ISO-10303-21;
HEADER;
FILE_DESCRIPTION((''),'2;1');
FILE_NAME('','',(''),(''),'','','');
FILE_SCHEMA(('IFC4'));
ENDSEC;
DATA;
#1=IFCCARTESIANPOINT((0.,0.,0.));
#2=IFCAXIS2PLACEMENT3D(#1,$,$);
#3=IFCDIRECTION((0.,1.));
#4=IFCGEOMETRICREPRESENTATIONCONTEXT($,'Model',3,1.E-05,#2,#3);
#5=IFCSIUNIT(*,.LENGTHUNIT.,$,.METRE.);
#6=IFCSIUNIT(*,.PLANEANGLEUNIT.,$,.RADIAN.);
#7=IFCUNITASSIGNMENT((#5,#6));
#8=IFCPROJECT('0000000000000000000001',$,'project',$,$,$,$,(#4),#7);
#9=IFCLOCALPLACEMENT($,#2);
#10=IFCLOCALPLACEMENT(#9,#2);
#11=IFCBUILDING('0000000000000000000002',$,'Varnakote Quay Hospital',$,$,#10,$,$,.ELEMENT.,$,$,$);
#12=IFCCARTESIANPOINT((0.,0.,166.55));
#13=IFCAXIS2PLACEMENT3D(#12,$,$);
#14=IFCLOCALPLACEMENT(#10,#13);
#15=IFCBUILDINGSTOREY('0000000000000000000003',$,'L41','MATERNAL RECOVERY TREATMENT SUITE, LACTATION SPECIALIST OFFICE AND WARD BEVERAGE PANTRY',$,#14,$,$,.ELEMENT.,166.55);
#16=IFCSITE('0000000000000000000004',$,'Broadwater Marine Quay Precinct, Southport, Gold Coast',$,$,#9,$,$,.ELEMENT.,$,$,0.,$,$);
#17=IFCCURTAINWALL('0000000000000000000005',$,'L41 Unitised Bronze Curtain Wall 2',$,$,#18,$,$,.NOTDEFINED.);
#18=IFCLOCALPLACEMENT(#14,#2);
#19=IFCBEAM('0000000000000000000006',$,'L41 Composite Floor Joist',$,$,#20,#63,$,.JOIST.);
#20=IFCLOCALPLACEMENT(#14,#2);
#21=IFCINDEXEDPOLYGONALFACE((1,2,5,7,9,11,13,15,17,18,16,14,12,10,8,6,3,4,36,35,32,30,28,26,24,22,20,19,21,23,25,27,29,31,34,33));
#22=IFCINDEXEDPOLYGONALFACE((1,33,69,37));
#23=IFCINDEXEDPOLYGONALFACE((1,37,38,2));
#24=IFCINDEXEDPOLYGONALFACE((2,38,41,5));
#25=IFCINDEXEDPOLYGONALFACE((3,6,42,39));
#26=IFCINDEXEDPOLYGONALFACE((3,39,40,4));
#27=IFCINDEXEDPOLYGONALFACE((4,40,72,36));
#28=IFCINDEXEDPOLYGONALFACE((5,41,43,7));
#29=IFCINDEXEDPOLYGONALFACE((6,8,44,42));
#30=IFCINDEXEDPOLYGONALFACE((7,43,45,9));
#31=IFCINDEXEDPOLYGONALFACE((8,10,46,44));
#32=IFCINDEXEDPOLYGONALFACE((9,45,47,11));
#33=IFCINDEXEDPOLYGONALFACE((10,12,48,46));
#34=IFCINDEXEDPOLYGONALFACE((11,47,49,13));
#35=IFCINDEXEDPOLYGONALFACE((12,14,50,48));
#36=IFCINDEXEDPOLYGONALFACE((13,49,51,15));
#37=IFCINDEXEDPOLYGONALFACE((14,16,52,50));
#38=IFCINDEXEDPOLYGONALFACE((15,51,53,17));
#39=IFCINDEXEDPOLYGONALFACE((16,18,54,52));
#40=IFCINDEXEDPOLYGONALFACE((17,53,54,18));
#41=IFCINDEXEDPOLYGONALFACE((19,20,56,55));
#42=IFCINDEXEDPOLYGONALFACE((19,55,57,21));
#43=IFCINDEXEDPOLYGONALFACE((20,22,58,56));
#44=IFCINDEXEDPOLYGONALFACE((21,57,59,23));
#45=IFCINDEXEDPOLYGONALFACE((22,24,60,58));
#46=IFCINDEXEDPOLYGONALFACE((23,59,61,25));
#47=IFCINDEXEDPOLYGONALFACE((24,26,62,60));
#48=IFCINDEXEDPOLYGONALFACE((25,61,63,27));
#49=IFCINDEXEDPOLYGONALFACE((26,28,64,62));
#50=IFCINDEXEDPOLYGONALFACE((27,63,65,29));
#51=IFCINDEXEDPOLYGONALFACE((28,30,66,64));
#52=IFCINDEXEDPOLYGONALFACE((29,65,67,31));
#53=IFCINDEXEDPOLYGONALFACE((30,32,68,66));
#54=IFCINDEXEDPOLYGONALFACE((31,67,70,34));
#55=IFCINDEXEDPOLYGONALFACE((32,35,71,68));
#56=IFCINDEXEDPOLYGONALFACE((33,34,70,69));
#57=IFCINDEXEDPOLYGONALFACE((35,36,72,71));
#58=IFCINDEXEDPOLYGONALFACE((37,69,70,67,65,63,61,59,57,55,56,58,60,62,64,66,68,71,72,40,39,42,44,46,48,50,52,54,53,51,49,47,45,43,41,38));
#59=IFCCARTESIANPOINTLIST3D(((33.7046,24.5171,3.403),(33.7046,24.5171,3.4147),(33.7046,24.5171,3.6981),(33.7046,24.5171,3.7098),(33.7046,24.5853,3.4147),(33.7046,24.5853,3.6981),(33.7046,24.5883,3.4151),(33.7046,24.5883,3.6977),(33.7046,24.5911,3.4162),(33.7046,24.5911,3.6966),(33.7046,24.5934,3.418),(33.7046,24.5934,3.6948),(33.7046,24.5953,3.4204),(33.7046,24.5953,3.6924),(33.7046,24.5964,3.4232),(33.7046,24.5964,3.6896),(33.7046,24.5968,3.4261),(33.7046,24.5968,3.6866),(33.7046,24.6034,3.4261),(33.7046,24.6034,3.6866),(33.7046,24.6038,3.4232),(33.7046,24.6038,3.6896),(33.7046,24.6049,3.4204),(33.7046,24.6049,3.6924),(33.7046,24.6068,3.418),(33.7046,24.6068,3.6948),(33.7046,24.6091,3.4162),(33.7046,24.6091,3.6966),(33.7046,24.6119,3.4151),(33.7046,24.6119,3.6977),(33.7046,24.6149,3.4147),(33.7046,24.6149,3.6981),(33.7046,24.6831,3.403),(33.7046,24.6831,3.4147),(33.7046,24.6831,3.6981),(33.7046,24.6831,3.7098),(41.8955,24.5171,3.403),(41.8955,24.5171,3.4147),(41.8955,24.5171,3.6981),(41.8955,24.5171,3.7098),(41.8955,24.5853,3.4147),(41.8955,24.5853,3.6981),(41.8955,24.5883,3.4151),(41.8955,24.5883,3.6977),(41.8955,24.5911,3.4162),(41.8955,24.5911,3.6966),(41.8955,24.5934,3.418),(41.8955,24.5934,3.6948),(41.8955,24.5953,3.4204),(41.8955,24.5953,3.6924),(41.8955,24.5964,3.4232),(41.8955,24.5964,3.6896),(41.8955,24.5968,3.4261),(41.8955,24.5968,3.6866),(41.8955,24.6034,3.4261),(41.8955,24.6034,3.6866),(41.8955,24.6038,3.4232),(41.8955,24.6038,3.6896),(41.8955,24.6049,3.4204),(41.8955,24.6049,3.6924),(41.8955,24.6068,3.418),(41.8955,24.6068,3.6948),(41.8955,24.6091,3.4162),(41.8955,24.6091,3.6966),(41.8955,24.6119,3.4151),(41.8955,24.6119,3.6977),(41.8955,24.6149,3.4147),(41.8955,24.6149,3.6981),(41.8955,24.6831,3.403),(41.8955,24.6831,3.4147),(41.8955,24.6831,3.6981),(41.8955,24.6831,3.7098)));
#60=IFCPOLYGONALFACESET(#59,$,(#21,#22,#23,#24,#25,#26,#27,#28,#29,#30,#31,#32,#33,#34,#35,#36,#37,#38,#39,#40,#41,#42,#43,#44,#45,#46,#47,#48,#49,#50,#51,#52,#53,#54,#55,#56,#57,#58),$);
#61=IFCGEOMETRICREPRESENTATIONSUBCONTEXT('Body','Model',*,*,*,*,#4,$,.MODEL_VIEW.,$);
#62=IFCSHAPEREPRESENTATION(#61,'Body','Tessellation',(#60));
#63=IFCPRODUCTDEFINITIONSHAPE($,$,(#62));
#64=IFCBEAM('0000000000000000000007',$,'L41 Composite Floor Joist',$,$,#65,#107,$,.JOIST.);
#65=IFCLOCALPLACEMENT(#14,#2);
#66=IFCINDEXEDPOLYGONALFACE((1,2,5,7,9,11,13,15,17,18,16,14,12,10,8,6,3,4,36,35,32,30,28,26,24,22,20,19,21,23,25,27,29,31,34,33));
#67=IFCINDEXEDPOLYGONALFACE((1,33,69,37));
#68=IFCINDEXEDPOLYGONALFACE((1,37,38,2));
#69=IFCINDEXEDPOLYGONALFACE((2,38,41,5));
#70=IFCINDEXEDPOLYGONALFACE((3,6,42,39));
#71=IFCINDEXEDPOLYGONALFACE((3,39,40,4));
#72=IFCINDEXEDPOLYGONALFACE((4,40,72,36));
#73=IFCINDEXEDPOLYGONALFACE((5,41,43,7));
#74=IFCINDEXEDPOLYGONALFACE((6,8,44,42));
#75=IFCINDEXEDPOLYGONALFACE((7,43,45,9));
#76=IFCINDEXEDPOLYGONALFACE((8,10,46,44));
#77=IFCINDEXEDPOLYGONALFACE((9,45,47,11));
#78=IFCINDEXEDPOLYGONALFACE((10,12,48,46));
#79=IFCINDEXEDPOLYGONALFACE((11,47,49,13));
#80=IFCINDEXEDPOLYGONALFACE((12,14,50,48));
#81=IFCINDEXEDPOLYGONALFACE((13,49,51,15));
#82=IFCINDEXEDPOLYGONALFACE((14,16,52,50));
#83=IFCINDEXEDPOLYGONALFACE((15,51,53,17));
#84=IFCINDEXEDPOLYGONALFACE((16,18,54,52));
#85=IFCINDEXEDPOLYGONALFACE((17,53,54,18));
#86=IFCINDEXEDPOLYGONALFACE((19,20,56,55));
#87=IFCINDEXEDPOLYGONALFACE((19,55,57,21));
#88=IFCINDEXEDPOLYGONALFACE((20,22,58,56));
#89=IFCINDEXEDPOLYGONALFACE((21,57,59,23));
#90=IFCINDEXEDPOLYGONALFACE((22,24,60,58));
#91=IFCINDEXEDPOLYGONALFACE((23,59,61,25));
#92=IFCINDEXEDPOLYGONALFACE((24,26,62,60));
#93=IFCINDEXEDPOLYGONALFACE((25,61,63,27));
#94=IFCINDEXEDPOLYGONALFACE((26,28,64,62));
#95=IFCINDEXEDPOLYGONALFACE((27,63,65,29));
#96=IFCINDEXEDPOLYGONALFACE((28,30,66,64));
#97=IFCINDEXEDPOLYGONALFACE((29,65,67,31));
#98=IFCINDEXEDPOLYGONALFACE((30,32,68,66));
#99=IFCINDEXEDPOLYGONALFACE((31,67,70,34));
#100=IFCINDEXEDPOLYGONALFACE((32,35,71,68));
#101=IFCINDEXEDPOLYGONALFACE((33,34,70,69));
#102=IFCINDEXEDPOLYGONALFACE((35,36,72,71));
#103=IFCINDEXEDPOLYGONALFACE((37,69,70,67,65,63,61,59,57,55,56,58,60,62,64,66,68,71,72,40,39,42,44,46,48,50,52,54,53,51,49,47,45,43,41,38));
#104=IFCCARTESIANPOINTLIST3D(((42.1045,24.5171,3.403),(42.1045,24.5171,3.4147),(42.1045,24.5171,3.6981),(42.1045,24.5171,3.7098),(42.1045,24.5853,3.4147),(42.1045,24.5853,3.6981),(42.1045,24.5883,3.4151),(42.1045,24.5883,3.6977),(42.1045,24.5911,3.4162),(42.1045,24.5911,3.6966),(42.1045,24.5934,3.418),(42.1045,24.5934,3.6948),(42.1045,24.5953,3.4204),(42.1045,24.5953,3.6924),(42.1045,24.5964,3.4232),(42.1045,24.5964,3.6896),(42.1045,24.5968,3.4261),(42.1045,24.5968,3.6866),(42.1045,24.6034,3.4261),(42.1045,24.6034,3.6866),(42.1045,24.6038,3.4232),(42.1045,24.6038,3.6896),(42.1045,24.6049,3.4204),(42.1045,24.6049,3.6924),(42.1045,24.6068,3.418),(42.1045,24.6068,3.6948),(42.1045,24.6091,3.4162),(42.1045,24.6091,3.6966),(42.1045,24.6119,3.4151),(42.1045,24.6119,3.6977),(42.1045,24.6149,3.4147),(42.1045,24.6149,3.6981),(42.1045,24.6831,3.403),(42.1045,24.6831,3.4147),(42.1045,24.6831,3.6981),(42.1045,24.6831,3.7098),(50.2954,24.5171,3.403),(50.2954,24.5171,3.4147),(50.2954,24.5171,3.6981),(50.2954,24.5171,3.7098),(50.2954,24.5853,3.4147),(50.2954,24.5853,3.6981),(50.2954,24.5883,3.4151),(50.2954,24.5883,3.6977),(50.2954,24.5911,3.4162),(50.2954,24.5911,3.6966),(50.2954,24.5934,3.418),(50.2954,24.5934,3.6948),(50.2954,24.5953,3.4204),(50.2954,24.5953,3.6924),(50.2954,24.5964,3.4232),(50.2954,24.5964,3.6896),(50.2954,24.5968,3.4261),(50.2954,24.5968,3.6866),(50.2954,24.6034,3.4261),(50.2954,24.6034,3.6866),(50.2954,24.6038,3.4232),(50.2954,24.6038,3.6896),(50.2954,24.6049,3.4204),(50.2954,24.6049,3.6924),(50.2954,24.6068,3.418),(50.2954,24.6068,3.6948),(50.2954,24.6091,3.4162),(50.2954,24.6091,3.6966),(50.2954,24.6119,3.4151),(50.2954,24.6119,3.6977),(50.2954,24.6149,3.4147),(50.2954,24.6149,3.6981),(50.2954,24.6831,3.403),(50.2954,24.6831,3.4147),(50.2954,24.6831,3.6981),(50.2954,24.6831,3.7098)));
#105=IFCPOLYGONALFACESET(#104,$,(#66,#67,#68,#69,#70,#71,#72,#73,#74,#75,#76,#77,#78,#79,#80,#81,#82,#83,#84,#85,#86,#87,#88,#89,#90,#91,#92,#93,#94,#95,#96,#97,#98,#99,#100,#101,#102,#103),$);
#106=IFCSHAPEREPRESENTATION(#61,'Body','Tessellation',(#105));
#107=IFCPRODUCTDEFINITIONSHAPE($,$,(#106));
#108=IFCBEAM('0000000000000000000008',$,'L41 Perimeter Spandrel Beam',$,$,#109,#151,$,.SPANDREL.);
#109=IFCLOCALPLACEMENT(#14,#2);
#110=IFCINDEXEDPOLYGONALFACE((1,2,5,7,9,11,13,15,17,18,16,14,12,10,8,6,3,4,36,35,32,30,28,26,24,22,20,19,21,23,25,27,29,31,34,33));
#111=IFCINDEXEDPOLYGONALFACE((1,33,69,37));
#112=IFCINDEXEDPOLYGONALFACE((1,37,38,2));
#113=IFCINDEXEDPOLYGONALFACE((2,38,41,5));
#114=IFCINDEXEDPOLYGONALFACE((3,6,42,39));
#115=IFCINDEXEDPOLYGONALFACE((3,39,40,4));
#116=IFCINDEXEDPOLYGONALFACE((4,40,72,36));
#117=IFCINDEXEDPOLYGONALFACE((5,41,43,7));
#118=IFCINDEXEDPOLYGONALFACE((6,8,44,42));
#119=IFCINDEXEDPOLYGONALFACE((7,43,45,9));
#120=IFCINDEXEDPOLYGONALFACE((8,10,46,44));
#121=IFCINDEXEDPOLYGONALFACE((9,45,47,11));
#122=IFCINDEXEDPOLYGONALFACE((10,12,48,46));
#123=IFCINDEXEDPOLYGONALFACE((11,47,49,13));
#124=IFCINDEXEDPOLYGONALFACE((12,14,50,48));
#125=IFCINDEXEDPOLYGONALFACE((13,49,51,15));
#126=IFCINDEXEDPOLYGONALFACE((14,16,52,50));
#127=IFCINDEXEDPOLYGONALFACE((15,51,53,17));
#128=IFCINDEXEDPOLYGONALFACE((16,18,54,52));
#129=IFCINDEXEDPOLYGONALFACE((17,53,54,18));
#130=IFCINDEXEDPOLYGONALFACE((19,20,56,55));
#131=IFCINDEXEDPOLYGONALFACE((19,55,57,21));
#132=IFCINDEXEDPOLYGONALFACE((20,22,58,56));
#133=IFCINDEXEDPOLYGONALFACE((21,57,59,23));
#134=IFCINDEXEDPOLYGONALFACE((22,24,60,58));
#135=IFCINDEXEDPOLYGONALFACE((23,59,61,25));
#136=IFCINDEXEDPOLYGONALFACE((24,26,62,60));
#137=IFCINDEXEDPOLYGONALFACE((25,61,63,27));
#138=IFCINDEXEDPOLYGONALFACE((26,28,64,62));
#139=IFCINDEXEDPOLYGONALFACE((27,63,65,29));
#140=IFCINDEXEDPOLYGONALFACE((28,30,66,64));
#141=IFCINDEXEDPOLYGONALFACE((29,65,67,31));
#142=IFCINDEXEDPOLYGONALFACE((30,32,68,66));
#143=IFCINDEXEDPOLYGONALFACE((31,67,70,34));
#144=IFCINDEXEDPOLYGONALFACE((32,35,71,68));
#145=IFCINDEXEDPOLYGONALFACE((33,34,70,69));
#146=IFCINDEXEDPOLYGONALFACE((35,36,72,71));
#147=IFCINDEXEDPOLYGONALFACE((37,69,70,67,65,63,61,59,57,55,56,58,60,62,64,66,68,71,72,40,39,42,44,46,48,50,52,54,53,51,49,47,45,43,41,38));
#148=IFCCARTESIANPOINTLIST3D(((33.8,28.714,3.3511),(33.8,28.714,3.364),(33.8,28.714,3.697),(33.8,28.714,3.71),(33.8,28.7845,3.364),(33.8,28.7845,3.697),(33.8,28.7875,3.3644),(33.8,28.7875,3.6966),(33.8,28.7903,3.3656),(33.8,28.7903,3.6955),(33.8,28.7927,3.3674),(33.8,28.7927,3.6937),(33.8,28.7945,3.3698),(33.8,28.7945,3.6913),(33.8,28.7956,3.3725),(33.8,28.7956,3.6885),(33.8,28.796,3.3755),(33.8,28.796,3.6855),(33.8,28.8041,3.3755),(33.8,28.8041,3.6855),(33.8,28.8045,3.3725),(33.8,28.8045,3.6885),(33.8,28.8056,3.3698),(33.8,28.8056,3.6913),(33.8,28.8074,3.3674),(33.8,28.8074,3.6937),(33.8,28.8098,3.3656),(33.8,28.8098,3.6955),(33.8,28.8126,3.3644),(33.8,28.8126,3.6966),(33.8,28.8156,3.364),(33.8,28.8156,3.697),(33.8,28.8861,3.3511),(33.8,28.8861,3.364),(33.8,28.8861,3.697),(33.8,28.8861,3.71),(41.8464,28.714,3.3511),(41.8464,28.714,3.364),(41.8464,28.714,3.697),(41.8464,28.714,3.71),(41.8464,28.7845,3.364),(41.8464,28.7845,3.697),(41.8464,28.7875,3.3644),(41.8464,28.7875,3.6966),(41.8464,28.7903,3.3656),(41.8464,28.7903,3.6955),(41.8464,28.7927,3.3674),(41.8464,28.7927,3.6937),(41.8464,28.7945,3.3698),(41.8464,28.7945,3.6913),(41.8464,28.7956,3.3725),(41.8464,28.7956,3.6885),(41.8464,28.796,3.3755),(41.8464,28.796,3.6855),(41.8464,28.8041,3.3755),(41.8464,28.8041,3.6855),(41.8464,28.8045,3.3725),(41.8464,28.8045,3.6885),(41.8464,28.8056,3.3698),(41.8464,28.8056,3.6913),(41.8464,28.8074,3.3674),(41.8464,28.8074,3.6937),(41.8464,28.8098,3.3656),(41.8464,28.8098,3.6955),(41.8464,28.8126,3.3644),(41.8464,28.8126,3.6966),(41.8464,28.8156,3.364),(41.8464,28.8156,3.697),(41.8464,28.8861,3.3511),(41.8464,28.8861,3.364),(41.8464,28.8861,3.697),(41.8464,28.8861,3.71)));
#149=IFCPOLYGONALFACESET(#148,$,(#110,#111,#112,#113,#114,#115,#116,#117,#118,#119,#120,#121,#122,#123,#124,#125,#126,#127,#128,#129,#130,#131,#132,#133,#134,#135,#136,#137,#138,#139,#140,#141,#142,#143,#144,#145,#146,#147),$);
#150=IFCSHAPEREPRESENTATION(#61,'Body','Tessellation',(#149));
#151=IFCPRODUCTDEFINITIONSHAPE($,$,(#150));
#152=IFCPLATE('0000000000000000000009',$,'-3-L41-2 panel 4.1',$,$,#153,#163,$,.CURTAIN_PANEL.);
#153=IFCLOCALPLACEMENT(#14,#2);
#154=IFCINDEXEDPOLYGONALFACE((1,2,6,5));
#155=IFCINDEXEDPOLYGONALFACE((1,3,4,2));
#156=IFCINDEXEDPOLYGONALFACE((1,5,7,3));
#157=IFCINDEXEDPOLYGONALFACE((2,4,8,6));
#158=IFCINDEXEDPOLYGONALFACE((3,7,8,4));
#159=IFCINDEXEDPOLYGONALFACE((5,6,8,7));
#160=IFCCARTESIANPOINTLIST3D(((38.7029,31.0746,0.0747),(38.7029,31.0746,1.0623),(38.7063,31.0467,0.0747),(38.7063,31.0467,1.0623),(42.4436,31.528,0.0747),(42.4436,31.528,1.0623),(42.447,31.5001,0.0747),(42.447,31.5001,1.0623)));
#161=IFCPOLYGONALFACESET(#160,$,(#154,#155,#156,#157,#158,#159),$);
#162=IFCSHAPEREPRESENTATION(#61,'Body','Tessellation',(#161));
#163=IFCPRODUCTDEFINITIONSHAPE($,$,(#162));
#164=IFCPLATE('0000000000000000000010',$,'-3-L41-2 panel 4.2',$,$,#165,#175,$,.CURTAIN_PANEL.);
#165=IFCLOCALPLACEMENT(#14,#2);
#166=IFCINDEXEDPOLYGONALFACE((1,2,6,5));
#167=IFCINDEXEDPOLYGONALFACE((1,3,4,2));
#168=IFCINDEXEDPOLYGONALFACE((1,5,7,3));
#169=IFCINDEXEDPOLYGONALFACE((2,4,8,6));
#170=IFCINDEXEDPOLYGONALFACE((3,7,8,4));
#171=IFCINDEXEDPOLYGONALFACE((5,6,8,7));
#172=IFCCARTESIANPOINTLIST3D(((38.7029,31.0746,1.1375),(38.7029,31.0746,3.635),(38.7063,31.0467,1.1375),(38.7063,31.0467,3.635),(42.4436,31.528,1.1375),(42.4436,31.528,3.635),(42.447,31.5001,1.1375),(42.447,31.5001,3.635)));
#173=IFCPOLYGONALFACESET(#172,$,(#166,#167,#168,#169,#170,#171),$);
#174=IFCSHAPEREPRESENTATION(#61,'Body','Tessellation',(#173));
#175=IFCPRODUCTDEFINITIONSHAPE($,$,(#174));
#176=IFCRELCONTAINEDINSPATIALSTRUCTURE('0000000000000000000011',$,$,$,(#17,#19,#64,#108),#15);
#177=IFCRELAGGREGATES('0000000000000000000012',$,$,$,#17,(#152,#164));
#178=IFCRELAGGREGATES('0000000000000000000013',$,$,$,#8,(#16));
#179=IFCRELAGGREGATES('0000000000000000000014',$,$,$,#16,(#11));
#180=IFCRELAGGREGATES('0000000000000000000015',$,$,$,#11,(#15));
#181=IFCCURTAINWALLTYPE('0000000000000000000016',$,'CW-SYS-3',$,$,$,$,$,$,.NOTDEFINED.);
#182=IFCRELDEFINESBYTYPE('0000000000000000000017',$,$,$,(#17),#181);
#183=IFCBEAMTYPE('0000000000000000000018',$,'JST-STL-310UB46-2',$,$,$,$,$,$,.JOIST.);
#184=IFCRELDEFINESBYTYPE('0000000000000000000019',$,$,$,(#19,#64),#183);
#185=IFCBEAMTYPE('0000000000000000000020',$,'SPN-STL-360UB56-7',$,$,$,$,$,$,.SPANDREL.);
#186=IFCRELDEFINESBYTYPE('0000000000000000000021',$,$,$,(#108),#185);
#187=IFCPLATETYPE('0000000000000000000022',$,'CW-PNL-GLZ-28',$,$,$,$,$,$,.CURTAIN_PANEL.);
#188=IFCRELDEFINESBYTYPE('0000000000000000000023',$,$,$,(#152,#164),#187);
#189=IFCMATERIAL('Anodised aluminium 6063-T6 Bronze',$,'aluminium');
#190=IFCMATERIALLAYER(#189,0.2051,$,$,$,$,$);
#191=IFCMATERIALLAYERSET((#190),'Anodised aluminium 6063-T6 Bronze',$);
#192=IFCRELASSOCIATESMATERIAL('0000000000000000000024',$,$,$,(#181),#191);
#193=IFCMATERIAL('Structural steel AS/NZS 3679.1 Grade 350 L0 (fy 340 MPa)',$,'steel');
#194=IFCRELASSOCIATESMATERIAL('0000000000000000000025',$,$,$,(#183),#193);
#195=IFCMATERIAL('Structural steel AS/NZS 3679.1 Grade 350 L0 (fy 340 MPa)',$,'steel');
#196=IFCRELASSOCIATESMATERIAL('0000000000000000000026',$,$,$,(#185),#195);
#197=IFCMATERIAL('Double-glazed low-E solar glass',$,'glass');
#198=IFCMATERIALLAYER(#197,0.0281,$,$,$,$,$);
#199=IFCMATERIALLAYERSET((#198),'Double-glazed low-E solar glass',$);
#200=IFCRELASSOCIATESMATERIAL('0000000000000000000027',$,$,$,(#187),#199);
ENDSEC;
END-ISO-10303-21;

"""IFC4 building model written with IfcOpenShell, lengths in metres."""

from ifc_helpers import new_model, si_unit, direction, frame, origin, origin_2d, place, context, subcontext, project, spatial, rectangle, i_section, extrude, material, layer, layer_set, material_profile, profile_set, type_object, element, aggregate, save


model = new_model("IFC4")

# Units and contexts
model_context = context("Model", 3, precision=1e-05, world=origin(), true_north=direction((0.0, 1.0)))
body_context = subcontext(model_context, "Body", "Model", "MODEL_VIEW")
ifc_project = project(units=[si_unit("LENGTHUNIT", "METRE"), si_unit("PLANEANGLEUNIT", "RADIAN")], contexts=[model_context])

# Site, building, storey
site_placement = place(None, origin())
site = spatial("IfcSite", under=ifc_project, at=site_placement, Name="Broadwater Marine Quay Precinct, Southport, Gold Coast", CompositionType="ELEMENT", RefElevation=0.0)
building_placement = place(site_placement, origin())
building = spatial("IfcBuilding", under=site, at=building_placement, Name="Varnakote Quay Hospital", CompositionType="ELEMENT")
storey_placement = place(building_placement, frame((0.0, 0.0, 166.55)))
storey = spatial("IfcBuildingStorey", under=building, at=storey_placement, Name="L41", Description="MATERNAL RECOVERY TREATMENT SUITE, LACTATION SPECIALIST OFFICE AND WARD BEVERAGE PANTRY", CompositionType="ELEMENT", Elevation=166.55)

# Curtain wall
ifc_material_1 = material(Name="Anodised aluminium 6063-T6 Bronze", Category="aluminium")
ifc_layer_1 = layer(ifc_material_1, 0.2051)
ifc_layer_set_1 = layer_set([ifc_layer_1], Name="Anodised aluminium 6063-T6 Bronze")
curtain_wall_type = type_object("IfcCurtainWallType", Name="CW-SYS-3", PredefinedType="NOTDEFINED", material=ifc_layer_set_1)
curtain_wall_placement = place(storey_placement, origin())
curtain_wall = element("IfcCurtainWall", 1, at=curtain_wall_placement, inside=storey, type_object=curtain_wall_type, Name="L41 Unitised Bronze Curtain Wall 2", PredefinedType="NOTDEFINED")

# Beams
ifc_material_2 = material(Name="Structural steel AS/NZS 3679.1 Grade 350 L0 (fy 340 MPa)", Category="steel")
ifc_material_profile_1 = material_profile(ifc_material_2, i_section(OverallWidth=0.166, OverallDepth=0.3069, WebThickness=0.0066, FlangeThickness=0.0117, FilletRadius=0.0115, at=origin_2d()), Name="310UB46.2")
ifc_profile_set_1 = profile_set([ifc_material_profile_1], Name="Structural steel AS/NZS 3679.1 Grade 350 L0 (fy 340 MPa)")
beam_type_1 = type_object("IfcBeamType", Name="JST-STL-310UB46-2", PredefinedType="JOIST", material=ifc_profile_set_1)
for number, where, z_axis, x_axis, name in (
    (2, (33.7046, 24.6001, 3.5564), (1.0, 0.0, 0.0), (0.0, 1.0, 0.0), "L41 Composite Floor Joist"),
    (3, (42.1045, 24.6001, 3.5564), (1.0, 0.0, 0.0), (0.0, 1.0, 0.0), "L41 Composite Floor Joist"),
):
    element("IfcBeam", number, at=place(storey_placement, frame(where, z_axis=z_axis, x_axis=x_axis)), inside=storey, type_object=beam_type_1, Name=name, PredefinedType="JOIST", context=body_context, shape_type="SweptSolid", body=[
        extrude(i_section(OverallWidth=0.166, OverallDepth=0.3069, WebThickness=0.0066, FlangeThickness=0.0117, FilletRadius=0.0115, at=origin_2d()), origin(), (0.0, 0.0, 1.0), 8.1909),
    ])
ifc_material_3 = material(Name="Structural steel AS/NZS 3679.1 Grade 350 L0 (fy 340 MPa)", Category="steel")
ifc_material_profile_2 = material_profile(ifc_material_3, i_section(OverallWidth=0.1721, OverallDepth=0.3589, WebThickness=0.0081, FlangeThickness=0.0129, FilletRadius=0.0115, at=origin_2d()), Name="360UB56.7")
ifc_profile_set_2 = profile_set([ifc_material_profile_2], Name="Structural steel AS/NZS 3679.1 Grade 350 L0 (fy 340 MPa)")
beam_type_2 = type_object("IfcBeamType", Name="SPN-STL-360UB56-7", PredefinedType="SPANDREL", material=ifc_profile_set_2)
beam_1_placement = place(storey_placement, frame((33.8, 28.8, 3.5305), z_axis=(1.0, 0.0, 0.0), x_axis=(0.0, 1.0, 0.0)))
element("IfcBeam", 4, at=beam_1_placement, inside=storey, type_object=beam_type_2, Name="L41 Perimeter Spandrel Beam", PredefinedType="SPANDREL", context=body_context, shape_type="SweptSolid", body=[
    extrude(i_section(OverallWidth=0.1721, OverallDepth=0.3589, WebThickness=0.0081, FlangeThickness=0.0129, FilletRadius=0.0115, at=origin_2d()), origin(), (0.0, 0.0, 1.0), 8.0464),
])

# Plates
ifc_material_4 = material(Name="Double-glazed low-E solar glass", Category="glass")
ifc_layer_2 = layer(ifc_material_4, 0.0281)
ifc_layer_set_2 = layer_set([ifc_layer_2], Name="Double-glazed low-E solar glass")
plate_type = type_object("IfcPlateType", Name="CW-PNL-GLZ-28", PredefinedType="CURTAIN_PANEL", material=ifc_layer_set_2)
plate_1_placement = place(storey_placement, frame((40.575, 31.2874, 0.0747), z_axis=(0.0, 0.0, 1.0), x_axis=(-0.992734, -0.120327, 0.0)))
plate_1 = element("IfcPlate", 5, at=plate_1_placement, type_object=plate_type, Name="-3-L41-2 panel 4.1", PredefinedType="CURTAIN_PANEL", context=body_context, shape_type="SweptSolid", body=[
    extrude(rectangle(XDim=3.7681, YDim=0.0281, at=origin_2d()), origin(), (0.0, 0.0, 1.0), 0.9875),
])
plate_2_placement = place(storey_placement, frame((40.575, 31.2874, 1.1375), z_axis=(0.0, 0.0, 1.0), x_axis=(-0.992734, -0.120327, 0.0)))
plate_2 = element("IfcPlate", 6, at=plate_2_placement, type_object=plate_type, Name="-3-L41-2 panel 4.2", PredefinedType="CURTAIN_PANEL", context=body_context, shape_type="SweptSolid", body=[
    extrude(rectangle(XDim=3.7681, YDim=0.0281, at=origin_2d()), origin(), (0.0, 0.0, 1.0), 2.4976),
])
aggregate(curtain_wall, [plate_1, plate_2])

save(model, "model.ifc")
